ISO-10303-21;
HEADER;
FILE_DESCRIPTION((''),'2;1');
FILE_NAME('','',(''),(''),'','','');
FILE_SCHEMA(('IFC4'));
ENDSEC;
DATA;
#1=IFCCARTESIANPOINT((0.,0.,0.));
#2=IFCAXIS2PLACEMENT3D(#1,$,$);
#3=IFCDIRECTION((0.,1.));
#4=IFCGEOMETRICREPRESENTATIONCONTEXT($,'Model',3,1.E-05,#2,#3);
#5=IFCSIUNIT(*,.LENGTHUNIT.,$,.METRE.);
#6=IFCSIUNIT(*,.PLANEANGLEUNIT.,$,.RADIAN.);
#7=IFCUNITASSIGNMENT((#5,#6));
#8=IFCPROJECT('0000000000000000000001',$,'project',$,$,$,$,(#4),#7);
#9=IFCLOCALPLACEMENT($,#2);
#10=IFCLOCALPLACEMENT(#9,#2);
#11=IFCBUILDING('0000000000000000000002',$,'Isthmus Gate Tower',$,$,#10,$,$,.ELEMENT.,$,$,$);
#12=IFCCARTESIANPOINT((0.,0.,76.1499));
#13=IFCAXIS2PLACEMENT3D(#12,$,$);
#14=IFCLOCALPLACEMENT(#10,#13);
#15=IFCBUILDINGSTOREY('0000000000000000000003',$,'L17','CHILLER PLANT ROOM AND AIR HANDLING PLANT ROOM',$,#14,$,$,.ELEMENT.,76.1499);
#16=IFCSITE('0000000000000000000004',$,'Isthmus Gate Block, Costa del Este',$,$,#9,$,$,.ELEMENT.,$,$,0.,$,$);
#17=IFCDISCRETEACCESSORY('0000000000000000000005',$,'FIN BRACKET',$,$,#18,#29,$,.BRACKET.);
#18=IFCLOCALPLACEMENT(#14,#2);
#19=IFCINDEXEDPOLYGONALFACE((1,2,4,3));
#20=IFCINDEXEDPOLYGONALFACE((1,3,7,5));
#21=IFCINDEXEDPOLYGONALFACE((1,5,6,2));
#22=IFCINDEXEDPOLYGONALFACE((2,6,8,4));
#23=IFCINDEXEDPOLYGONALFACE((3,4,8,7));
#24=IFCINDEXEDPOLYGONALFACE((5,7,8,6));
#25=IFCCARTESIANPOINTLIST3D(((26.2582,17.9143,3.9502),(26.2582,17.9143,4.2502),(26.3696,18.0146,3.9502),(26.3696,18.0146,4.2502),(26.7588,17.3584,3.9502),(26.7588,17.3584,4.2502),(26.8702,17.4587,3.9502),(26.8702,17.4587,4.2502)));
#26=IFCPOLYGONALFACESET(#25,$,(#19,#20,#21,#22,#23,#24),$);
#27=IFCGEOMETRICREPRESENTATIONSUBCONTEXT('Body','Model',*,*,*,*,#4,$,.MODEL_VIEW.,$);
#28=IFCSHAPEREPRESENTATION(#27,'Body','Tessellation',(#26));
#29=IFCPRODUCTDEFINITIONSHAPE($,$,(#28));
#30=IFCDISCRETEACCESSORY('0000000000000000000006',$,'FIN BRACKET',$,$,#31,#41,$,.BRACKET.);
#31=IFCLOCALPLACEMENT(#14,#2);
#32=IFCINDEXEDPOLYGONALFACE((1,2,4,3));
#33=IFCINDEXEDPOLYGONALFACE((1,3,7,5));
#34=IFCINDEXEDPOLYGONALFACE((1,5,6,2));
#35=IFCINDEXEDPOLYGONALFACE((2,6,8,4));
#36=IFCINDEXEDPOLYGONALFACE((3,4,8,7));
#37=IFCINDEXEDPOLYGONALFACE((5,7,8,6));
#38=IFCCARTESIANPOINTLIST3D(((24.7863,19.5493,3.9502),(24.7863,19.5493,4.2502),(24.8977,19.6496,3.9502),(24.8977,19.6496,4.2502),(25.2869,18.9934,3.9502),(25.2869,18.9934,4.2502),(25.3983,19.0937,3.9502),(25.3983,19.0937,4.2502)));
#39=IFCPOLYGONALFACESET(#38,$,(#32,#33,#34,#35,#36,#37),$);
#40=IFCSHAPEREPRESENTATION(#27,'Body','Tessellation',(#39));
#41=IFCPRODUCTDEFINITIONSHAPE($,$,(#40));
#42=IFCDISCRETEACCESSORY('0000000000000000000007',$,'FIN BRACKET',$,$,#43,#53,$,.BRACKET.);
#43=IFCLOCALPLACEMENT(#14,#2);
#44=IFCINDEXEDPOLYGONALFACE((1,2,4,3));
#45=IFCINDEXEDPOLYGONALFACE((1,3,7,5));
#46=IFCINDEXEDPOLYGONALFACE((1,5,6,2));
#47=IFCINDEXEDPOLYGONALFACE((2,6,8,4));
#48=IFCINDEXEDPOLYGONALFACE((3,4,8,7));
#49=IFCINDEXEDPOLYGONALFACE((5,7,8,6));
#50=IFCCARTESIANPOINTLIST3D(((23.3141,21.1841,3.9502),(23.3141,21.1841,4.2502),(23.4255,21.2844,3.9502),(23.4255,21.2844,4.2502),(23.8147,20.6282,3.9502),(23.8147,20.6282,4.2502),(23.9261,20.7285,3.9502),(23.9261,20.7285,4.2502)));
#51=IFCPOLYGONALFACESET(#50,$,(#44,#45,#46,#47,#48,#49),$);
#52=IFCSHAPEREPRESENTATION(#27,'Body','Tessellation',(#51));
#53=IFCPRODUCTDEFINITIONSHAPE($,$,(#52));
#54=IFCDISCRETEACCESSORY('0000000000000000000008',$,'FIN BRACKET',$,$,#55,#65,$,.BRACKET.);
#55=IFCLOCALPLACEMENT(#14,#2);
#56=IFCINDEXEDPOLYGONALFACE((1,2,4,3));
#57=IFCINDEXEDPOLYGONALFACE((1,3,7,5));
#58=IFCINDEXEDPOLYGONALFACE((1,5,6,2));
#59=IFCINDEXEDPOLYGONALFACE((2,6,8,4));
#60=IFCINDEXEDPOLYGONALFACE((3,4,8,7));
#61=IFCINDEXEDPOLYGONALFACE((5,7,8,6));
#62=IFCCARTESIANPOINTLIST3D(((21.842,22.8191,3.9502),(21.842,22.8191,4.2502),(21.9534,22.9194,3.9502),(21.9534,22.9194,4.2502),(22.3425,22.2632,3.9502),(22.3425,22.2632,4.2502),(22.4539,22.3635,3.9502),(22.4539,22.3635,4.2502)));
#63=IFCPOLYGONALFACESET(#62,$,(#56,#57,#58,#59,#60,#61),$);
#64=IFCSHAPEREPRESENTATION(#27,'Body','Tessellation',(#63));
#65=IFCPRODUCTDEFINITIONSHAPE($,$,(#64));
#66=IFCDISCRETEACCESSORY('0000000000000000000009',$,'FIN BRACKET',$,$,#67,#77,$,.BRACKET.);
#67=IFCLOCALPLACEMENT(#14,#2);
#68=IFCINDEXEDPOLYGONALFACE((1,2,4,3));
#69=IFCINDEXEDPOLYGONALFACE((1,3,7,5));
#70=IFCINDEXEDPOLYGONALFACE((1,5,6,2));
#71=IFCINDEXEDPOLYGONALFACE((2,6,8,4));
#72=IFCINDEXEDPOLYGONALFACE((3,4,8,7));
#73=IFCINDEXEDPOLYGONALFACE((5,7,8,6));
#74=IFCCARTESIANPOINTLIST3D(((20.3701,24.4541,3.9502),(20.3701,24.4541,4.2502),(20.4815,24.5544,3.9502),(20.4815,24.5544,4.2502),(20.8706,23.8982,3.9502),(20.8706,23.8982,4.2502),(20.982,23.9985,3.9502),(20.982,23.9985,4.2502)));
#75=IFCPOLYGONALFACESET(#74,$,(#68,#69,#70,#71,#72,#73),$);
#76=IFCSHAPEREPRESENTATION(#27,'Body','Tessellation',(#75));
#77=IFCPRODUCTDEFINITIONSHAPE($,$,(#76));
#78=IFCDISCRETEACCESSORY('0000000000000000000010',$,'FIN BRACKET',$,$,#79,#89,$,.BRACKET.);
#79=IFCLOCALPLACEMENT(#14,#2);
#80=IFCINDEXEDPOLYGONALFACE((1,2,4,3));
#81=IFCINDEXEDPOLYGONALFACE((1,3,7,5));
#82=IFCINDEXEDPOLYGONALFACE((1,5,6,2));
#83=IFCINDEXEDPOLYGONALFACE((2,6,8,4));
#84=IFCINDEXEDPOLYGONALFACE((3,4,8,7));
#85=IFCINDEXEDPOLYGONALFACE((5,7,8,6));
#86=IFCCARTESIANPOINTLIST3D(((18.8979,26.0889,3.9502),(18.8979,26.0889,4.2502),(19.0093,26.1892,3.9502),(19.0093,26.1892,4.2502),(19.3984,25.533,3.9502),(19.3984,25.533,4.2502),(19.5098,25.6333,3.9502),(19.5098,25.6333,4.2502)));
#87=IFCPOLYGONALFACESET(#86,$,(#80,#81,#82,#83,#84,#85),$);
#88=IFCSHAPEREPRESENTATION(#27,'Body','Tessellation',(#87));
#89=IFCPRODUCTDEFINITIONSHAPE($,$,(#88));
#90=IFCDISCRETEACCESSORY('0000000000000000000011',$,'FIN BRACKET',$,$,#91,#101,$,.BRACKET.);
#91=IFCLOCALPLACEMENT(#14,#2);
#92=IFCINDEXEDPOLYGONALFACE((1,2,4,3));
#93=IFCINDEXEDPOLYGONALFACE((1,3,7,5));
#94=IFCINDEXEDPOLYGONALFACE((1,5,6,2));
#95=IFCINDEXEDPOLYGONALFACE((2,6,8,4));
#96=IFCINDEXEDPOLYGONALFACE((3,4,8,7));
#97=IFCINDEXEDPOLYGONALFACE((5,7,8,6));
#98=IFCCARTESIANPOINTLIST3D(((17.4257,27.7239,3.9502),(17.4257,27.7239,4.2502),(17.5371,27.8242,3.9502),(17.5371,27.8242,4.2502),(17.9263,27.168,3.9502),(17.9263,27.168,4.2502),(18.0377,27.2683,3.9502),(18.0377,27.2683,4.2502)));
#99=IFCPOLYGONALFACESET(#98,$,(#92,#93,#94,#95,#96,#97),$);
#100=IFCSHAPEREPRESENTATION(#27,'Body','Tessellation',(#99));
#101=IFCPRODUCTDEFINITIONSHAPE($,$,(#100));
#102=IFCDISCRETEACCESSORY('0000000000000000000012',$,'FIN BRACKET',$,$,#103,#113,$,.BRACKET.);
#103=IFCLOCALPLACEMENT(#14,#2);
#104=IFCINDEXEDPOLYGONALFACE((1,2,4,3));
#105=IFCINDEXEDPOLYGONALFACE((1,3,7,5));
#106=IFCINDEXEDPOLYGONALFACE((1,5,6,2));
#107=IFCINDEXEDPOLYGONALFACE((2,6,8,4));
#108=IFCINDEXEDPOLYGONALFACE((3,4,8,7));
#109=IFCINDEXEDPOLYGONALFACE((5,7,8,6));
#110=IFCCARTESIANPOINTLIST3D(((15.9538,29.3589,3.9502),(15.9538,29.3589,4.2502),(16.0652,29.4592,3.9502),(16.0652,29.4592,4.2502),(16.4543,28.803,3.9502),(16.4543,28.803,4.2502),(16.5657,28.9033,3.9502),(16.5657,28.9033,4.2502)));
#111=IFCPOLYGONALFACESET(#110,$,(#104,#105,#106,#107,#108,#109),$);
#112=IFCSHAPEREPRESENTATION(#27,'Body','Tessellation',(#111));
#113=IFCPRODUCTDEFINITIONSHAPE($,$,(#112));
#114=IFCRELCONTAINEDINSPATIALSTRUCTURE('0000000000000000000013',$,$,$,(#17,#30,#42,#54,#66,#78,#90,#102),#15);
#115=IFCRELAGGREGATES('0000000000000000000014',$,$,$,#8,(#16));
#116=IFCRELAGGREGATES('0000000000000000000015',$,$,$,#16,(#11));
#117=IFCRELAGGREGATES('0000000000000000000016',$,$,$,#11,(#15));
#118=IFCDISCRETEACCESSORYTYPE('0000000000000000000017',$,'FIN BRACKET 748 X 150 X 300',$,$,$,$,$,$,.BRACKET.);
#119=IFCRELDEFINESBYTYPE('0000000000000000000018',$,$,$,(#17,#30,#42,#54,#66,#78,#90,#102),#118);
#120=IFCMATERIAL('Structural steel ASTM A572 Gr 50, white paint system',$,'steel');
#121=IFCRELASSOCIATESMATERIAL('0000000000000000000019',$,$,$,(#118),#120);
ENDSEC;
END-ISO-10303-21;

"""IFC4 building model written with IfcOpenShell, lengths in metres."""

from ifc_helpers import new_model, si_unit, direction, frame, origin, origin_2d, place, context, subcontext, project, spatial, rectangle, extrude, material, type_object, element, save


model = new_model("IFC4")

# Units and contexts
model_context = context("Model", 3, precision=1e-05, world=origin(), true_north=direction((0.0, 1.0)))
body_context = subcontext(model_context, "Body", "Model", "MODEL_VIEW")
ifc_project = project(units=[si_unit("LENGTHUNIT", "METRE"), si_unit("PLANEANGLEUNIT", "RADIAN")], contexts=[model_context])

# Site, building, storey
site_placement = place(None, origin())
site = spatial("IfcSite", under=ifc_project, at=site_placement, Name="Isthmus Gate Block, Costa del Este", CompositionType="ELEMENT", RefElevation=0.0)
building_placement = place(site_placement, origin())
building = spatial("IfcBuilding", under=site, at=building_placement, Name="Isthmus Gate Tower", CompositionType="ELEMENT")
storey_placement = place(building_placement, frame((0.0, 0.0, 76.1499)))
storey = spatial("IfcBuildingStorey", under=building, at=storey_placement, Name="L17", Description="CHILLER PLANT ROOM AND AIR HANDLING PLANT ROOM", CompositionType="ELEMENT", Elevation=76.1499)

# Discrete accessories
ifc_material_1 = material(Name="Structural steel ASTM A572 Gr 50, white paint system", Category="steel")
discrete_accessory_type = type_object("IfcDiscreteAccessoryType", Name="FIN BRACKET 748 X 150 X 300", PredefinedType="BRACKET", material=ifc_material_1)
for number, where, z_axis, x_axis, name in (
    (1, (26.5642, 17.6865, 3.9502), (0.0, 0.0, 1.0), (0.743145, 0.669131, 0.0), "FIN BRACKET"),
    (2, (25.0923, 19.3215, 3.9502), (0.0, 0.0, 1.0), (0.743145, 0.669131, 0.0), "FIN BRACKET"),
    (3, (23.6201, 20.9563, 3.9502), (0.0, 0.0, 1.0), (0.743145, 0.669131, 0.0), "FIN BRACKET"),
    (4, (22.1479, 22.5913, 3.9502), (0.0, 0.0, 1.0), (0.743145, 0.669131, 0.0), "FIN BRACKET"),
    (5, (20.676, 24.2263, 3.9502), (0.0, 0.0, 1.0), (0.743145, 0.669131, 0.0), "FIN BRACKET"),
    (6, (19.2039, 25.8611, 3.9502), (0.0, 0.0, 1.0), (0.743145, 0.669131, 0.0), "FIN BRACKET"),
    (7, (17.7317, 27.4961, 3.9502), (0.0, 0.0, 1.0), (0.743145, 0.669131, 0.0), "FIN BRACKET"),
    (8, (16.2598, 29.1311, 3.9502), (0.0, 0.0, 1.0), (0.743145, 0.669131, 0.0), "FIN BRACKET"),
):
    element("IfcDiscreteAccessory", number, at=place(storey_placement, frame(where, z_axis=z_axis, x_axis=x_axis)), inside=storey, type_object=discrete_accessory_type, Name=name, PredefinedType="BRACKET", context=body_context, shape_type="SweptSolid", body=[
        extrude(rectangle(XDim=0.1499, YDim=0.748, at=origin_2d()), origin(), (0.0, 0.0, 1.0), 0.3),
    ])

save(model, "model.ifc")
